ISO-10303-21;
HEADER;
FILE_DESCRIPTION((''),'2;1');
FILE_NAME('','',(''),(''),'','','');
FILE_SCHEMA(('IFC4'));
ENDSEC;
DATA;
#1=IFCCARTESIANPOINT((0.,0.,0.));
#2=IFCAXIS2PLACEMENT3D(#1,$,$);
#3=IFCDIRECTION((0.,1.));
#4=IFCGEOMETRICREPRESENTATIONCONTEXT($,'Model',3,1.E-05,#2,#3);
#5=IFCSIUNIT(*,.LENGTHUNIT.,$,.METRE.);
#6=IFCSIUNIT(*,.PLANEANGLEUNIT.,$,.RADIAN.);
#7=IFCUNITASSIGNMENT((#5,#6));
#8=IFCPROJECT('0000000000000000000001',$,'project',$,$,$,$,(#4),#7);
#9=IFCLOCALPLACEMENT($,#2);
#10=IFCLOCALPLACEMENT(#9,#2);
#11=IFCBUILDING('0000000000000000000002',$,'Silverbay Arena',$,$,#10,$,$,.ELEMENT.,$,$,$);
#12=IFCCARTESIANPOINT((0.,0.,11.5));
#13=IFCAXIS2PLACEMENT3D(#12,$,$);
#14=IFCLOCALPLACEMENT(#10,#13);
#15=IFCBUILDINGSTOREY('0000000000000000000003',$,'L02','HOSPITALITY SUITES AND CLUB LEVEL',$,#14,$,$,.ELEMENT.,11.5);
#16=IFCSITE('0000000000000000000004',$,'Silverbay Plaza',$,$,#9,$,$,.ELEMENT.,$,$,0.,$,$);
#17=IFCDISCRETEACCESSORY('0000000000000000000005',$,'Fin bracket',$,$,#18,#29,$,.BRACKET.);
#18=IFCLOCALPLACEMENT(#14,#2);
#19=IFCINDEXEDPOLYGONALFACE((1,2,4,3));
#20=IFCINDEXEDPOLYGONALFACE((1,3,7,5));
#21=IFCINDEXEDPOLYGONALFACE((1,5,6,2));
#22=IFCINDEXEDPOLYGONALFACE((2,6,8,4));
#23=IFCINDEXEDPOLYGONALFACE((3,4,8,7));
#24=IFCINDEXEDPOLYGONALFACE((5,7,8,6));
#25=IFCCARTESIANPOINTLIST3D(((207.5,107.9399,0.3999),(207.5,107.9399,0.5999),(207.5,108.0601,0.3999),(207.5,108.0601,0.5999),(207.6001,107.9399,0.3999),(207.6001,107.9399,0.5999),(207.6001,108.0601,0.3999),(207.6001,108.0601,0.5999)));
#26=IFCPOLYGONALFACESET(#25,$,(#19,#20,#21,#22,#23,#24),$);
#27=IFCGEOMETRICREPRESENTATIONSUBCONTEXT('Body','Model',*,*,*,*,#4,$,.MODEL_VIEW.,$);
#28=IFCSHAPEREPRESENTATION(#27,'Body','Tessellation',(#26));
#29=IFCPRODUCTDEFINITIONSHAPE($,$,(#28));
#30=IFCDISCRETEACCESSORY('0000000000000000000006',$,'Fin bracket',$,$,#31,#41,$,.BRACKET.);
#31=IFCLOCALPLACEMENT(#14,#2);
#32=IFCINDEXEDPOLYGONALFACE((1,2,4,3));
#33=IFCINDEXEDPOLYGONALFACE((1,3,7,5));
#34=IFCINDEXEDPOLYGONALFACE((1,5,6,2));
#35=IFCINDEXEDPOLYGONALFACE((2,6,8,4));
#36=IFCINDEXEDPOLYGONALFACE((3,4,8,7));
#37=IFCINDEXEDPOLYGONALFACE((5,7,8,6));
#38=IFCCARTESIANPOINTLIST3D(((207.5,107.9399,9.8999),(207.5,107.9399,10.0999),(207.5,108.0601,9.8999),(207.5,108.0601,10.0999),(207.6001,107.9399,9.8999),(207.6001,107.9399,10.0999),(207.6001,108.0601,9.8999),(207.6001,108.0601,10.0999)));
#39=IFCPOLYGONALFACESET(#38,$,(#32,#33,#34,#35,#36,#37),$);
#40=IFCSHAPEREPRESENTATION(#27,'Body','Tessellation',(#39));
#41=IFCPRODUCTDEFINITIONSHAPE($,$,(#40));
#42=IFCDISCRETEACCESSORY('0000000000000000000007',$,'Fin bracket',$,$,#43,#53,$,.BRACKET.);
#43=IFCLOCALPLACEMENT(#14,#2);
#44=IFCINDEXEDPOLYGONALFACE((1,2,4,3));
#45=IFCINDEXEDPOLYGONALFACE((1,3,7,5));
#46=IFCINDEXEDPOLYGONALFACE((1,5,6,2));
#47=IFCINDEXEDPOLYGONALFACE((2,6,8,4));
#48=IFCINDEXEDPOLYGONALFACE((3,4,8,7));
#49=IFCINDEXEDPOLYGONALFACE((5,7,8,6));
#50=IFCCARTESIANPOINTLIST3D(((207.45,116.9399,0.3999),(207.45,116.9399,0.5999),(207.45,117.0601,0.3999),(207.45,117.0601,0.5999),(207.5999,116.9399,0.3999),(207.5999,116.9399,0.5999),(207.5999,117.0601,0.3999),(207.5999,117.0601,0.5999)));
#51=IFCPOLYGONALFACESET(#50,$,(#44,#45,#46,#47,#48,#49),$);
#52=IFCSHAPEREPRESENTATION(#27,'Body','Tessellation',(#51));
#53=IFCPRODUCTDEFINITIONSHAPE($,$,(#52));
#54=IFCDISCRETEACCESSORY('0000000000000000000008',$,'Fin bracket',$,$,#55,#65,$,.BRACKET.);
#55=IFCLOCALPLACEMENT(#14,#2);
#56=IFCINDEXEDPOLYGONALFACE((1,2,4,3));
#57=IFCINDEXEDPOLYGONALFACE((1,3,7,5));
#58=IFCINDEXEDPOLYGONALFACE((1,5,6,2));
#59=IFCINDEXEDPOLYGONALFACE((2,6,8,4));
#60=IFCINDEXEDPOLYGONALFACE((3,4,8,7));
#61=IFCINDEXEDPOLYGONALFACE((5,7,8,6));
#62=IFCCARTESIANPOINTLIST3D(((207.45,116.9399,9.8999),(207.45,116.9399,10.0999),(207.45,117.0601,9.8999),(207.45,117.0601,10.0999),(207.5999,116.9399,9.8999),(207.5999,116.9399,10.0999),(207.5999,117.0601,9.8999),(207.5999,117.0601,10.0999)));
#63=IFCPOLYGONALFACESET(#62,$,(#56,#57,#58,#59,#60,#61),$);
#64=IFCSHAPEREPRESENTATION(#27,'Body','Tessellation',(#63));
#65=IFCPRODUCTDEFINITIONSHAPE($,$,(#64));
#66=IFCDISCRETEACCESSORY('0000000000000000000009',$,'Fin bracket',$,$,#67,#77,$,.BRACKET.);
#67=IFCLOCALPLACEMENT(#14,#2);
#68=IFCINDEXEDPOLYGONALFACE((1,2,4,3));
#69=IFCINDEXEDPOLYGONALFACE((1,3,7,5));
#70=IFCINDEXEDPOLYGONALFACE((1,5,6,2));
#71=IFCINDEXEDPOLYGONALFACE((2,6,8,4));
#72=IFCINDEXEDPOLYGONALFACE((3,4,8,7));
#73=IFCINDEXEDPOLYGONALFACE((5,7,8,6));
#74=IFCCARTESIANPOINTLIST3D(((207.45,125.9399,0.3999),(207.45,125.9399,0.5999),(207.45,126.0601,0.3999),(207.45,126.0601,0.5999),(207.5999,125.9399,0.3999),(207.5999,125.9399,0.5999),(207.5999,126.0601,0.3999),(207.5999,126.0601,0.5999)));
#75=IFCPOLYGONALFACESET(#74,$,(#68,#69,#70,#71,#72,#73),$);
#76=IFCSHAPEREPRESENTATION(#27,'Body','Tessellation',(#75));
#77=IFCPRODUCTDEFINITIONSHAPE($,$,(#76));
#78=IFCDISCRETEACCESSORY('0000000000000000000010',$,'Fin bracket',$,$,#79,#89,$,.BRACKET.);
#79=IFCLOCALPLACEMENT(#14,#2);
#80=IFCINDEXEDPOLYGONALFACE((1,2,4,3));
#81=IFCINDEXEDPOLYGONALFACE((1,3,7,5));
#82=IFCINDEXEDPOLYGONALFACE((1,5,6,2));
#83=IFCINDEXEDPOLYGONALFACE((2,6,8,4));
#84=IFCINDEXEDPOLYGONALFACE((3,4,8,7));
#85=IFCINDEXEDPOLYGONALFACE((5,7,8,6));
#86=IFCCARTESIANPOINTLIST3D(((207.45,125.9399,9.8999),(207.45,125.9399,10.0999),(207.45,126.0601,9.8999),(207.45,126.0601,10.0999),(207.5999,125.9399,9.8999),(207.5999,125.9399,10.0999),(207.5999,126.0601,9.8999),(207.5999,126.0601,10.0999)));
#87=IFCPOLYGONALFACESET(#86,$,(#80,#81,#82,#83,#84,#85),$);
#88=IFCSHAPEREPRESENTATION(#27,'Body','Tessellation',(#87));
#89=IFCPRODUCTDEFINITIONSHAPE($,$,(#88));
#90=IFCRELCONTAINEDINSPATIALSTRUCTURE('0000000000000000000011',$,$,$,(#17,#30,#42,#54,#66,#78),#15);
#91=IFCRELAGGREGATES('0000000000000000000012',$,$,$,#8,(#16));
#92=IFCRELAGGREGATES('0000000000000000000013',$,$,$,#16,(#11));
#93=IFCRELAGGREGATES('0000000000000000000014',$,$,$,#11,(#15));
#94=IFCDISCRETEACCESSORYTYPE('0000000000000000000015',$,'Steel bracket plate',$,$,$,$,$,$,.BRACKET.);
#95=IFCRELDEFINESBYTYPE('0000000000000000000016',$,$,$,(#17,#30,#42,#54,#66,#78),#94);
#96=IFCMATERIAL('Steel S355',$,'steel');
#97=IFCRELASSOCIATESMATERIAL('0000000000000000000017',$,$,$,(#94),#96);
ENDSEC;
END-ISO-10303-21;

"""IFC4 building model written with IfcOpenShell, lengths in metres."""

from ifc_helpers import new_model, si_unit, direction, frame, origin, origin_2d, place, context, subcontext, project, spatial, rectangle, extrude, material, type_object, element, save


model = new_model("IFC4")

# Units and contexts
model_context = context("Model", 3, precision=1e-05, world=origin(), true_north=direction((0.0, 1.0)))
body_context = subcontext(model_context, "Body", "Model", "MODEL_VIEW")
ifc_project = project(units=[si_unit("LENGTHUNIT", "METRE"), si_unit("PLANEANGLEUNIT", "RADIAN")], contexts=[model_context])

# Site, building, storey
site_placement = place(None, origin())
site = spatial("IfcSite", under=ifc_project, at=site_placement, Name="Silverbay Plaza", CompositionType="ELEMENT", RefElevation=0.0)
building_placement = place(site_placement, origin())
building = spatial("IfcBuilding", under=site, at=building_placement, Name="Silverbay Arena", CompositionType="ELEMENT")
storey_placement = place(building_placement, frame((0.0, 0.0, 11.5)))
storey = spatial("IfcBuildingStorey", under=building, at=storey_placement, Name="L02", Description="HOSPITALITY SUITES AND CLUB LEVEL", CompositionType="ELEMENT", Elevation=11.5)

# Discrete accessories
ifc_material_1 = material(Name="Steel S355", Category="steel")
discrete_accessory_type = type_object("IfcDiscreteAccessoryType", Name="Steel bracket plate", PredefinedType="BRACKET", material=ifc_material_1)
for number, where, z_axis, x_axis, name in (
    (1, (207.55, 108.0, 0.3999), (0.0, 0.0, 1.0), (1.0, 0.0, 0.0), "Fin bracket"),
    (2, (207.55, 108.0, 9.8999), (0.0, 0.0, 1.0), (1.0, 0.0, 0.0), "Fin bracket"),
):
    element("IfcDiscreteAccessory", number, at=place(storey_placement, frame(where, z_axis=z_axis, x_axis=x_axis)), inside=storey, type_object=discrete_accessory_type, Name=name, PredefinedType="BRACKET", context=body_context, shape_type="SweptSolid", body=[
        extrude(rectangle(XDim=0.1001, YDim=0.1201, at=origin_2d()), origin(), (0.0, 0.0, 1.0), 0.2),
    ])
for number, where, z_axis, x_axis, name in (
    (3, (207.5249, 117.0, 0.3999), (0.0, 0.0, 1.0), (1.0, 0.0, 0.0), "Fin bracket"),
    (4, (207.5249, 117.0, 9.8999), (0.0, 0.0, 1.0), (1.0, 0.0, 0.0), "Fin bracket"),
    (5, (207.5249, 126.0, 0.3999), (0.0, 0.0, 1.0), (1.0, 0.0, 0.0), "Fin bracket"),
    (6, (207.5249, 126.0, 9.8999), (0.0, 0.0, 1.0), (1.0, 0.0, 0.0), "Fin bracket"),
):
    element("IfcDiscreteAccessory", number, at=place(storey_placement, frame(where, z_axis=z_axis, x_axis=x_axis)), inside=storey, type_object=discrete_accessory_type, Name=name, PredefinedType="BRACKET", context=body_context, shape_type="SweptSolid", body=[
        extrude(rectangle(XDim=0.1499, YDim=0.1201, at=origin_2d()), origin(), (0.0, 0.0, 1.0), 0.2),
    ])

save(model, "model.ifc")
